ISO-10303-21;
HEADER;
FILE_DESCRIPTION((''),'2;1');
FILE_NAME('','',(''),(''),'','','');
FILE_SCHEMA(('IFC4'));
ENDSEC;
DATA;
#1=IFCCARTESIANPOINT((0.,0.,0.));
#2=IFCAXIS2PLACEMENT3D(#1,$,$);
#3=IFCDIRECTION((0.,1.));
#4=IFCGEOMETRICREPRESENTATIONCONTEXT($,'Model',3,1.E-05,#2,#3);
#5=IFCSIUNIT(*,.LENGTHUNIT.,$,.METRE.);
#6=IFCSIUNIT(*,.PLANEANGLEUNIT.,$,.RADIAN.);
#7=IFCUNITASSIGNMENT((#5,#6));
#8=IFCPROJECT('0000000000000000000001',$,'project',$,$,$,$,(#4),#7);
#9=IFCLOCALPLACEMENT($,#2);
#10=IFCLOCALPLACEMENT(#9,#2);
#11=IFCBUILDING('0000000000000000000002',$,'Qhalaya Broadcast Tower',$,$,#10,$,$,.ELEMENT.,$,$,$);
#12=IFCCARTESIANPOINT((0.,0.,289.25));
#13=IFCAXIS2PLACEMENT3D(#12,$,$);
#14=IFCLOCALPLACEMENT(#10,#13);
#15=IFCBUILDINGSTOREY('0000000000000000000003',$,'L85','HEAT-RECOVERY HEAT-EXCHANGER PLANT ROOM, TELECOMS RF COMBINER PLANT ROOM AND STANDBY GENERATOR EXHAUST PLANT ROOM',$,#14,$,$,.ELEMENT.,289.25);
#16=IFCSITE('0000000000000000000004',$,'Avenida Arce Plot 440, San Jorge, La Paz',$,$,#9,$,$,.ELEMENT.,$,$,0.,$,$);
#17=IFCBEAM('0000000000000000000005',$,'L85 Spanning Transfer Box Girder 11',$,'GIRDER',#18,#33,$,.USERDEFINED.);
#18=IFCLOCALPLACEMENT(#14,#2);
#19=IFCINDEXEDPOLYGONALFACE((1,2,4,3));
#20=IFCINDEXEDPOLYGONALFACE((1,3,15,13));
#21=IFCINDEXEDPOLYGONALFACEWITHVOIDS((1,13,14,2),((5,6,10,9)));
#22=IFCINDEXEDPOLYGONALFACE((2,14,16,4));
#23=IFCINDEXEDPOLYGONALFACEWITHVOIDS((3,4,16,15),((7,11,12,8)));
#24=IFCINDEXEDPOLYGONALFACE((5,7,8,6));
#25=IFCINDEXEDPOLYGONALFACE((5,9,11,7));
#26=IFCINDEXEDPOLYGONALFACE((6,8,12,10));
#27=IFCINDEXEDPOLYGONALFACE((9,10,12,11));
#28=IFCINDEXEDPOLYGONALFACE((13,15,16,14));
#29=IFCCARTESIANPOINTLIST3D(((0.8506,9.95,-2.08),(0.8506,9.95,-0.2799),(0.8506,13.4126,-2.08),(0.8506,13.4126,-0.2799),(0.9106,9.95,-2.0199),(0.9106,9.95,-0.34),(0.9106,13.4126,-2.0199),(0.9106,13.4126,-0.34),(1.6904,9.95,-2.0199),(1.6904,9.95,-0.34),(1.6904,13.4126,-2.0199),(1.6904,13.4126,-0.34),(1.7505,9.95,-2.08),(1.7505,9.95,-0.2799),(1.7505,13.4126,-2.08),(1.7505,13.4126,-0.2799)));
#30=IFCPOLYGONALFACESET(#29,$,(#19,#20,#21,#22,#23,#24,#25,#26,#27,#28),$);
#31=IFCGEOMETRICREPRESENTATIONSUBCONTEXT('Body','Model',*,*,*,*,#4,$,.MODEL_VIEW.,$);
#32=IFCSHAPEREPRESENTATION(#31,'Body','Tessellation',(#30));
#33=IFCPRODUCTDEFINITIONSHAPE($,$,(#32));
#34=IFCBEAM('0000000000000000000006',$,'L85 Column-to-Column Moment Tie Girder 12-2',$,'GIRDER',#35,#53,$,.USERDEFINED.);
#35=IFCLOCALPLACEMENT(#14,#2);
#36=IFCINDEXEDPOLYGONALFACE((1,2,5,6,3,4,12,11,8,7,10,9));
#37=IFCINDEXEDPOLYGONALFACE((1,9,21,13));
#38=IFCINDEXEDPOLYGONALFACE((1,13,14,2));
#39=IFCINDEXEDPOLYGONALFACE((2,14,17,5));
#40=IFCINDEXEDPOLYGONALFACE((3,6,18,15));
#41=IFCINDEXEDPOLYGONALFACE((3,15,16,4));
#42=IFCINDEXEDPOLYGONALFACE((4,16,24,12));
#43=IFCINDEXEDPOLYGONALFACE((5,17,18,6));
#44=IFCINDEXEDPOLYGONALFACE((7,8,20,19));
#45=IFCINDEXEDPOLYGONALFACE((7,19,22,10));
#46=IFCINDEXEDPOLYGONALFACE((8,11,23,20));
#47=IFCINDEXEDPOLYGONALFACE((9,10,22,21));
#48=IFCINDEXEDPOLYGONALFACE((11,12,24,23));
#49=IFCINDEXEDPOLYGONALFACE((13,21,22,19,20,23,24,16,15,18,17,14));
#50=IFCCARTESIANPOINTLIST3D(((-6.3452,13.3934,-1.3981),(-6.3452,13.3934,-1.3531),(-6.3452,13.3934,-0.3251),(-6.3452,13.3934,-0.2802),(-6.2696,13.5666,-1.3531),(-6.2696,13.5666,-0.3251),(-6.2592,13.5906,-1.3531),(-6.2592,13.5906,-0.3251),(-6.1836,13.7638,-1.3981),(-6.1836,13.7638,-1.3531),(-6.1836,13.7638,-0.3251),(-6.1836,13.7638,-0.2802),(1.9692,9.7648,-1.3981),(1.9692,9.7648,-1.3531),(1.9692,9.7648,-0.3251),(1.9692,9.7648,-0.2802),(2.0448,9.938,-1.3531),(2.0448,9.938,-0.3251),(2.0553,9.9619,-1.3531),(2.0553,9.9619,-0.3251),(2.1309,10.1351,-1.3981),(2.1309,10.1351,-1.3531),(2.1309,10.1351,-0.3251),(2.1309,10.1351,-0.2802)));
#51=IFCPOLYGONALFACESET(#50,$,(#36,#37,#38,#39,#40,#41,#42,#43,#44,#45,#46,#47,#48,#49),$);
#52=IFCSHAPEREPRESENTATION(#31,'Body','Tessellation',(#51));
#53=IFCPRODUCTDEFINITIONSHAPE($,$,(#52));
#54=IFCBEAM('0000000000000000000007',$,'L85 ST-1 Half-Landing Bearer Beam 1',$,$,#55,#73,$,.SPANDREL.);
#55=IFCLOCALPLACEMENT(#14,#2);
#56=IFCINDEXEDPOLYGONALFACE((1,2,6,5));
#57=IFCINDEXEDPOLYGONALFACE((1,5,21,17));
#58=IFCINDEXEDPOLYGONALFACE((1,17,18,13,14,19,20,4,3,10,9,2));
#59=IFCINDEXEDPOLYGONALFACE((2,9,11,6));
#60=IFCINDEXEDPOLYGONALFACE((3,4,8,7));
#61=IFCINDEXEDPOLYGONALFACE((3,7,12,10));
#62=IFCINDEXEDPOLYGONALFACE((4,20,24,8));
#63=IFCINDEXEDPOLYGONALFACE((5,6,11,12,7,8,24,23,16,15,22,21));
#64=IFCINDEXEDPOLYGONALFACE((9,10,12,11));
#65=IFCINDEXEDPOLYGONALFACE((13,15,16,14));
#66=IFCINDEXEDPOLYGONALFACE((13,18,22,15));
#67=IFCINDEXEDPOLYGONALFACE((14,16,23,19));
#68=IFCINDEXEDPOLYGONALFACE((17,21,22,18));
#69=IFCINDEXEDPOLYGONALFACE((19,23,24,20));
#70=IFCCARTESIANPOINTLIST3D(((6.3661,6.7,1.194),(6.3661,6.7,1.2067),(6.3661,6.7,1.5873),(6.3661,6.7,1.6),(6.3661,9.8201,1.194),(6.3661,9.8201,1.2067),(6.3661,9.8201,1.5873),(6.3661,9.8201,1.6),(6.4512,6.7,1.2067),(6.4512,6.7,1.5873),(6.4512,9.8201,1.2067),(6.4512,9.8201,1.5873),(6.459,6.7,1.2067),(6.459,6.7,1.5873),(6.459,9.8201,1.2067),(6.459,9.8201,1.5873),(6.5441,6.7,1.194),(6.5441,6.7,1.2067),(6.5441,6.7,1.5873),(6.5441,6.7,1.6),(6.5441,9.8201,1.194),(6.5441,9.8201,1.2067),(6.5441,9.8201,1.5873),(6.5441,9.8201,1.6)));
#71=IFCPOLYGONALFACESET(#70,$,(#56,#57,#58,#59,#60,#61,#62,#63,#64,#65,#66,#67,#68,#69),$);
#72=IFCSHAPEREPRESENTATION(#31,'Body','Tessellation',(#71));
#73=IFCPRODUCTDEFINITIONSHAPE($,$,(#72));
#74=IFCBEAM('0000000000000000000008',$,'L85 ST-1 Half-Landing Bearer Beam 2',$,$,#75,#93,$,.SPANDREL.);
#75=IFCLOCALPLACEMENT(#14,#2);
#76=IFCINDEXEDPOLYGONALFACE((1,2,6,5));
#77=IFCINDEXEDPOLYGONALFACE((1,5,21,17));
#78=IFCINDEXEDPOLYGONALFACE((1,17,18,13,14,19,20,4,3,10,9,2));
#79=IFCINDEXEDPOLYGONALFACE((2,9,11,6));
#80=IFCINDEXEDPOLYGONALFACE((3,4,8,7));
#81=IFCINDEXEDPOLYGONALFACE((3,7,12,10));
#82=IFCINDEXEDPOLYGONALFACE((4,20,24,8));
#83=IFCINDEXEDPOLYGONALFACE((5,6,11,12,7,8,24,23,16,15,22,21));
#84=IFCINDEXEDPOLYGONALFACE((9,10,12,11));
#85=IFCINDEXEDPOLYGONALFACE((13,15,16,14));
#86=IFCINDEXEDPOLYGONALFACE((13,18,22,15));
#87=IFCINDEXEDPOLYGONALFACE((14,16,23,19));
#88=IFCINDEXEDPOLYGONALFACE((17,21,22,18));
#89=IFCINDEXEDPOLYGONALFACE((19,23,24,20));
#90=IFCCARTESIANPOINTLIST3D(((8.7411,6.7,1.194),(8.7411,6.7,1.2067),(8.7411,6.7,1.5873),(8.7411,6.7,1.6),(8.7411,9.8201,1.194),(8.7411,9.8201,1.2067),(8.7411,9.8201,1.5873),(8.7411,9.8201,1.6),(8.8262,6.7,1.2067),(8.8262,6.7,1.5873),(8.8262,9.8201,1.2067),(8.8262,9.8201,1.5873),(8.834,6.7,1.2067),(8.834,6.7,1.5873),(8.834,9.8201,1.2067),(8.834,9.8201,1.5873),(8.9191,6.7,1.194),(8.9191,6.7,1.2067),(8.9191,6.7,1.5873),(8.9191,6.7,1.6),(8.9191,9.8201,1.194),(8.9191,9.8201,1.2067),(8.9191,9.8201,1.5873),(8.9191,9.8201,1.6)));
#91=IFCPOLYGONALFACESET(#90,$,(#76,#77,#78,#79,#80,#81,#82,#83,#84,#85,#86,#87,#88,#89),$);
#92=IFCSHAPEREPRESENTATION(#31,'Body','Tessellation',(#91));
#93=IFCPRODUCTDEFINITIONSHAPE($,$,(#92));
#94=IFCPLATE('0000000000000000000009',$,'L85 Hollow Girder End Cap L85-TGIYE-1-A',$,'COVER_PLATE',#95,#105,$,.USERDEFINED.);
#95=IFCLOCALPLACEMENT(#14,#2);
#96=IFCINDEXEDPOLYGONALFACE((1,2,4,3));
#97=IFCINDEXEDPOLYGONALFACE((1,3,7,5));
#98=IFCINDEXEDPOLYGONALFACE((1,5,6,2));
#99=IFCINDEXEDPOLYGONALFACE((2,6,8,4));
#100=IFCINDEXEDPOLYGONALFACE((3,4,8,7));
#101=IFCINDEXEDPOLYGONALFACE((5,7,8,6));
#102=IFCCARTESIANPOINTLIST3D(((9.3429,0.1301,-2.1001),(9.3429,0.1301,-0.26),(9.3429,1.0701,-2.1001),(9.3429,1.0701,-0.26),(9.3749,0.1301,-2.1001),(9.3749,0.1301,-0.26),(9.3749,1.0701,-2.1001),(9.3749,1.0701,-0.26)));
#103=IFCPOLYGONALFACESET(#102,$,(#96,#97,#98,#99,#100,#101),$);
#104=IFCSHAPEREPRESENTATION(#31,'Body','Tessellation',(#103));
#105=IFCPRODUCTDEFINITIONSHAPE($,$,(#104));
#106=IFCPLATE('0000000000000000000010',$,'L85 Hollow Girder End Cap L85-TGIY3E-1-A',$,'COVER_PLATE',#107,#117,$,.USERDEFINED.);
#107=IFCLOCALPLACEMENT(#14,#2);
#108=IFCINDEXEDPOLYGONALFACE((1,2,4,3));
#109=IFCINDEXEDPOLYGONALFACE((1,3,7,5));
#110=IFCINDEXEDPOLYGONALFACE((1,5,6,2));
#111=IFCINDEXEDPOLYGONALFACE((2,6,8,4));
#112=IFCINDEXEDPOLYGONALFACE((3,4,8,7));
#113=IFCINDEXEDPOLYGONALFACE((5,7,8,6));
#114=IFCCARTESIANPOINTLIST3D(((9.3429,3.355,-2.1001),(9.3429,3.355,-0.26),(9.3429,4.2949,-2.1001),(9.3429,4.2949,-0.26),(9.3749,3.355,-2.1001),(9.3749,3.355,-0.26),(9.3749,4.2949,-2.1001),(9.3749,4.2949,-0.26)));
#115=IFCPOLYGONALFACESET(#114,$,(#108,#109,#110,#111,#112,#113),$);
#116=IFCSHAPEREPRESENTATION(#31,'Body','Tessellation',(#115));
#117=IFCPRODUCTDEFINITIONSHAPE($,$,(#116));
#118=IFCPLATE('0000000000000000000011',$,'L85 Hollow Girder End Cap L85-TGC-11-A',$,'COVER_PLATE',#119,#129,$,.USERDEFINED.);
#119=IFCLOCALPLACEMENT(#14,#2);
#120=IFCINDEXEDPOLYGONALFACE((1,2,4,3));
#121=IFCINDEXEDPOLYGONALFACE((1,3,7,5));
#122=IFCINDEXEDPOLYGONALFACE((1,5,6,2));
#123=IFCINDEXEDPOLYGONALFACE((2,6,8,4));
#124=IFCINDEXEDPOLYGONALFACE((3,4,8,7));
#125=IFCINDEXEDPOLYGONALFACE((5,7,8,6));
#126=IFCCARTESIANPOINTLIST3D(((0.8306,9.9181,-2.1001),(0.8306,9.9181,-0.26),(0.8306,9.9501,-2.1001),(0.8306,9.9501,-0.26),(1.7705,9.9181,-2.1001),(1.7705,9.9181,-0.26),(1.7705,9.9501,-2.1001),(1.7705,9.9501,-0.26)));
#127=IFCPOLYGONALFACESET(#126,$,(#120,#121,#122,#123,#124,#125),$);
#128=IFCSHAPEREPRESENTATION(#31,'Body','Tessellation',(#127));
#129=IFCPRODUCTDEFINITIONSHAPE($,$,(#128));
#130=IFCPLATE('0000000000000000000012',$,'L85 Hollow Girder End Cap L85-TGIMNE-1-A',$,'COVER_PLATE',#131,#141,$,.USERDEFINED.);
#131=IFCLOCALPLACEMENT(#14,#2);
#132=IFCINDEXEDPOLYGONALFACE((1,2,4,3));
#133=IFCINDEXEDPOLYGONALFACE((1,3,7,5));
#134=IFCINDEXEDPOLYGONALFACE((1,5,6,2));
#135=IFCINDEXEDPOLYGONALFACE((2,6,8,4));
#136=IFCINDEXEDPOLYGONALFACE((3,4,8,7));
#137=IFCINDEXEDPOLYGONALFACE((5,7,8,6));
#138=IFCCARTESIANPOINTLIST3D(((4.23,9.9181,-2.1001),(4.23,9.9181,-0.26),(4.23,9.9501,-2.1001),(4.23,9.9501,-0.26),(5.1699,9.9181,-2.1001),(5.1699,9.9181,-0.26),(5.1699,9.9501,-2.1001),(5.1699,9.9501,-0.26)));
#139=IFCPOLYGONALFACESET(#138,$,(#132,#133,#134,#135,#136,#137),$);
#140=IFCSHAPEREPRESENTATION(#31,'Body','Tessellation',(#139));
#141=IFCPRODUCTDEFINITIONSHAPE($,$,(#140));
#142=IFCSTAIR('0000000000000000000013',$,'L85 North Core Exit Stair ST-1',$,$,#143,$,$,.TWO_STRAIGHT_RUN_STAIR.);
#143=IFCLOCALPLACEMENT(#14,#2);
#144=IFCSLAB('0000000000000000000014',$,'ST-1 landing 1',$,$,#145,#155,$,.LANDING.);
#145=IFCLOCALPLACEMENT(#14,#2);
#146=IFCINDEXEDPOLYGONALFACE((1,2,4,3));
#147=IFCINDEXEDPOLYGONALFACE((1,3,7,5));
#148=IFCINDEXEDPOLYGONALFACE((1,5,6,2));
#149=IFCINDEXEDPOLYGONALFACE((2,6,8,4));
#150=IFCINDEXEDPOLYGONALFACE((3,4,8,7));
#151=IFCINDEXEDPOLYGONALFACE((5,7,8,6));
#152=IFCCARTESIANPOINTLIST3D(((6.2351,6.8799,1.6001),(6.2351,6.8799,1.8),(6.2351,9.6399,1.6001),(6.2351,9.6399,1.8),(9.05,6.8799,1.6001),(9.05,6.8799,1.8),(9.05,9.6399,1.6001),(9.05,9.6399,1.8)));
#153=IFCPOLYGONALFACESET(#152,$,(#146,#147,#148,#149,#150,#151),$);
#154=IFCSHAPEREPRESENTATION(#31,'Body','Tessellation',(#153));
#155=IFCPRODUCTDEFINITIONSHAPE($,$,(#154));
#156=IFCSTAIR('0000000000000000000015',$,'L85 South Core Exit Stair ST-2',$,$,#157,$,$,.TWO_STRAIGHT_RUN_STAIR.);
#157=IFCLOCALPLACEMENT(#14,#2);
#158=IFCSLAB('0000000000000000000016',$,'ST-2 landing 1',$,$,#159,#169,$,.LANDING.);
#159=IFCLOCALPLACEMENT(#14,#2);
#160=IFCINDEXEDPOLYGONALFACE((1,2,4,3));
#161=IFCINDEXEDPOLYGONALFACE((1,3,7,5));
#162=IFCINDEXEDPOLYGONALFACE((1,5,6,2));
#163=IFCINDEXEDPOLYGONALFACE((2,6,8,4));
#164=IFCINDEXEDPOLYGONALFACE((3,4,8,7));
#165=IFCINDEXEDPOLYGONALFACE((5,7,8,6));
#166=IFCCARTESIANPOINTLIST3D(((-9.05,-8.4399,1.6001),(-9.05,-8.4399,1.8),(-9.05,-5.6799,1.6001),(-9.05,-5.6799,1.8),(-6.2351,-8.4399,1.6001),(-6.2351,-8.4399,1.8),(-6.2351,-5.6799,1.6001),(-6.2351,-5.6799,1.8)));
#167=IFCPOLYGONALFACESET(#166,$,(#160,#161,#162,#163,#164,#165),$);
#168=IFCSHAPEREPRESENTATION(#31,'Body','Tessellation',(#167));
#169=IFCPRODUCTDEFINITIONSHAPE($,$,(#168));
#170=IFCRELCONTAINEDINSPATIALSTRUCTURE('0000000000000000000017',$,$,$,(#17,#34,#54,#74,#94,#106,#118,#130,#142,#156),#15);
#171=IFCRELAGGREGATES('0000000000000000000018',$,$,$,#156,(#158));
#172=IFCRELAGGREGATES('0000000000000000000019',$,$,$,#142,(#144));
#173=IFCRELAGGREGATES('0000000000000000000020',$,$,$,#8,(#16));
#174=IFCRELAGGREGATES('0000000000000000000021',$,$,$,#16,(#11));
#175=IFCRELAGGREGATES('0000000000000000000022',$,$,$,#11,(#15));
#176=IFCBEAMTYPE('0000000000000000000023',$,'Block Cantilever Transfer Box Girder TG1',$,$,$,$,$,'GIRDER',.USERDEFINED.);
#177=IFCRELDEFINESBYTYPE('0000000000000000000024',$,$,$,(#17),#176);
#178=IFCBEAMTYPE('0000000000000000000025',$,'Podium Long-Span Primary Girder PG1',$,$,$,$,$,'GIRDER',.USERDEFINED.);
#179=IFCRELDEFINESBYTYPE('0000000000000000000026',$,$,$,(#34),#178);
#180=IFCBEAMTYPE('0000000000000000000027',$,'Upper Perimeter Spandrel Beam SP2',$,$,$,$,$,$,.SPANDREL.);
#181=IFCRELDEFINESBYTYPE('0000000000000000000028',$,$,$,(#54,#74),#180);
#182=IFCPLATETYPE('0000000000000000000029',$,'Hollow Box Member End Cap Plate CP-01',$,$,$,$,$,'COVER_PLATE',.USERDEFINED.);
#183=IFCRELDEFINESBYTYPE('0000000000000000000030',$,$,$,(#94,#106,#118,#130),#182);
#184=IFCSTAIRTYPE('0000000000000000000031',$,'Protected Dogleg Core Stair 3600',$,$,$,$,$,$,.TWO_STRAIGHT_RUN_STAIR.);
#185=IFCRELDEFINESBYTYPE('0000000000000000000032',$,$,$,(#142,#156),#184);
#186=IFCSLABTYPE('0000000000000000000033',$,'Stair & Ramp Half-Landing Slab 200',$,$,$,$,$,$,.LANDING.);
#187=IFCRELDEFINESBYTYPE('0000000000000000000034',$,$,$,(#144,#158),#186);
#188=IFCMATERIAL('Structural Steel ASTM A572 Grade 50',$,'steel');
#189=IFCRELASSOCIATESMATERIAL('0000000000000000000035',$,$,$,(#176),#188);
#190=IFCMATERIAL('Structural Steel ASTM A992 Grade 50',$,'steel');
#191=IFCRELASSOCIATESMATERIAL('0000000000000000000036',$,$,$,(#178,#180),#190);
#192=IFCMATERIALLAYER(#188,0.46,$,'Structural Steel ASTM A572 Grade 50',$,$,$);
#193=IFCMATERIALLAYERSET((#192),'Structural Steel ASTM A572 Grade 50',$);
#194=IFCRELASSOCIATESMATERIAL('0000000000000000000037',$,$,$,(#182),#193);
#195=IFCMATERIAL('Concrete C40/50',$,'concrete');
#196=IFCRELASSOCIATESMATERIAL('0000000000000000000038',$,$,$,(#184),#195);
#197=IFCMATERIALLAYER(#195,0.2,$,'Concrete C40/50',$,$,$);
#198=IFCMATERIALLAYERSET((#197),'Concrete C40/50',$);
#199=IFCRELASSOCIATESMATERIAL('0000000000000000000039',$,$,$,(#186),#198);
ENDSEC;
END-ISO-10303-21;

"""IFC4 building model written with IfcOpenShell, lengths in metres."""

from ifc_helpers import new_model, si_unit, direction, frame, origin, origin_2d, place, context, subcontext, project, spatial, polyline, rectangle, hollow_rectangle, i_section, outline, extrude, material, layer, layer_set, material_profile, profile_set, type_object, element, aggregate, save


model = new_model("IFC4")

# Units and contexts
model_context = context("Model", 3, precision=1e-05, world=origin(), true_north=direction((0.0, 1.0)))
body_context = subcontext(model_context, "Body", "Model", "MODEL_VIEW")
ifc_project = project(units=[si_unit("LENGTHUNIT", "METRE"), si_unit("PLANEANGLEUNIT", "RADIAN")], contexts=[model_context])

# Site, building, storey
site_placement = place(None, origin())
site = spatial("IfcSite", under=ifc_project, at=site_placement, Name="Avenida Arce Plot 440, San Jorge, La Paz", CompositionType="ELEMENT", RefElevation=0.0)
building_placement = place(site_placement, origin())
building = spatial("IfcBuilding", under=site, at=building_placement, Name="Qhalaya Broadcast Tower", CompositionType="ELEMENT")
storey_placement = place(building_placement, frame((0.0, 0.0, 289.25)))
storey = spatial("IfcBuildingStorey", under=building, at=storey_placement, Name="L85", Description="HEAT-RECOVERY HEAT-EXCHANGER PLANT ROOM, TELECOMS RF COMBINER PLANT ROOM AND STANDBY GENERATOR EXHAUST PLANT ROOM", CompositionType="ELEMENT", Elevation=289.25)

# Beams
ifc_material_1 = material(Name="Structural Steel ASTM A572 Grade 50", Category="steel")
ifc_material_profile_1 = material_profile(ifc_material_1, hollow_rectangle(XDim=0.8999, YDim=1.8, WallThickness=0.0601, at=origin_2d()), Name="BOX 900x1800x60")
ifc_profile_set_1 = profile_set([ifc_material_profile_1], Name="Structural Steel ASTM A572 Grade 50")
beam_type_1 = type_object("IfcBeamType", Name="Block Cantilever Transfer Box Girder TG1", ElementType="GIRDER", PredefinedType="USERDEFINED", material=ifc_profile_set_1)
beam_1_placement = place(storey_placement, frame((1.3005, 9.95, -1.1799), z_axis=(0.0, 1.0, 0.0), x_axis=(-1.0, 0.0, 0.0)))
element("IfcBeam", 1, at=beam_1_placement, inside=storey, type_object=beam_type_1, Name="L85 Spanning Transfer Box Girder 11", ObjectType="GIRDER", PredefinedType="USERDEFINED", context=body_context, shape_type="SweptSolid", body=[
    extrude(hollow_rectangle(XDim=0.8999, YDim=1.8, WallThickness=0.0601, at=origin_2d()), origin(), (0.0, 0.0, 1.0), 3.4626),
])
ifc_material_2 = material(Name="Structural Steel ASTM A992 Grade 50", Category="steel")
ifc_material_profile_2 = material_profile(ifc_material_2, i_section(OverallWidth=0.4041, OverallDepth=1.1179, WebThickness=0.0261, FlangeThickness=0.0449, at=origin_2d()), Name="W44X335")
ifc_profile_set_2 = profile_set([ifc_material_profile_2], Name="Structural Steel ASTM A992 Grade 50")
beam_type_2 = type_object("IfcBeamType", Name="Podium Long-Span Primary Girder PG1", ElementType="GIRDER", PredefinedType="USERDEFINED", material=ifc_profile_set_2)
beam_2_placement = place(storey_placement, frame((2.05, 9.95, -0.8391), z_axis=(-0.916518, 0.399994, 0.0), x_axis=(-0.399994, -0.916518, 0.0)))
element("IfcBeam", 2, at=beam_2_placement, inside=storey, type_object=beam_type_2, Name="L85 Column-to-Column Moment Tie Girder 12-2", ObjectType="GIRDER", PredefinedType="USERDEFINED", context=body_context, shape_type="SweptSolid", body=[
    extrude(i_section(OverallWidth=0.4041, OverallDepth=1.1179, WebThickness=0.0261, FlangeThickness=0.0449, at=origin_2d()), origin(), (0.0, 0.0, 1.0), 9.0718),
])
ifc_material_profile_3 = material_profile(ifc_material_2, i_section(OverallWidth=0.178, OverallDepth=0.406, WebThickness=0.0078, FlangeThickness=0.0127, at=origin_2d()), Name="W16X40")
ifc_profile_set_3 = profile_set([ifc_material_profile_3], Name="Structural Steel ASTM A992 Grade 50")
beam_type_3 = type_object("IfcBeamType", Name="Upper Perimeter Spandrel Beam SP2", PredefinedType="SPANDREL", material=ifc_profile_set_3)
for number, where, z_axis, x_axis, name in (
    (3, (6.4551, 6.7, 1.397), (0.0, 1.0, 0.0), (-1.0, 0.0, 0.0), "L85 ST-1 Half-Landing Bearer Beam 1"),
    (4, (8.8301, 6.7, 1.397), (0.0, 1.0, 0.0), (-1.0, 0.0, 0.0), "L85 ST-1 Half-Landing Bearer Beam 2"),
):
    element("IfcBeam", number, at=place(storey_placement, frame(where, z_axis=z_axis, x_axis=x_axis)), inside=storey, type_object=beam_type_3, Name=name, PredefinedType="SPANDREL", context=body_context, shape_type="SweptSolid", body=[
        extrude(i_section(OverallWidth=0.178, OverallDepth=0.406, WebThickness=0.0078, FlangeThickness=0.0127, at=origin_2d()), origin(), (0.0, 0.0, 1.0), 3.1201),
    ])

# Plates
ifc_layer_1 = layer(ifc_material_1, 0.46, Name="Structural Steel ASTM A572 Grade 50")
ifc_layer_set_1 = layer_set([ifc_layer_1], Name="Structural Steel ASTM A572 Grade 50")
plate_type = type_object("IfcPlateType", Name="Hollow Box Member End Cap Plate CP-01", ElementType="COVER_PLATE", PredefinedType="USERDEFINED", material=ifc_layer_set_1)
for number, where, z_axis, x_axis, name in (
    (5, (9.3589, 0.6001, -2.1001), (0.0, 0.0, 1.0), (0.0, 1.0, 0.0), "L85 Hollow Girder End Cap L85-TGIYE-1-A"),
    (6, (9.3589, 3.825, -2.1001), (0.0, 0.0, 1.0), (0.0, 1.0, 0.0), "L85 Hollow Girder End Cap L85-TGIY3E-1-A"),
    (7, (1.3005, 9.9341, -2.1001), (0.0, 0.0, 1.0), (-1.0, 0.0, 0.0), "L85 Hollow Girder End Cap L85-TGC-11-A"),
    (8, (4.7, 9.9341, -2.1001), (0.0, 0.0, 1.0), (-1.0, 0.0, 0.0), "L85 Hollow Girder End Cap L85-TGIMNE-1-A"),
):
    element("IfcPlate", number, at=place(storey_placement, frame(where, z_axis=z_axis, x_axis=x_axis)), inside=storey, type_object=plate_type, Name=name, ObjectType="COVER_PLATE", PredefinedType="USERDEFINED", context=body_context, shape_type="SweptSolid", body=[
        extrude(rectangle(XDim=0.9399, YDim=0.032, at=origin_2d()), origin(), (0.0, 0.0, 1.0), 1.8401),
    ])

# Stairs, slabs
ifc_material_3 = material(Name="Concrete C40/50", Category="concrete")
stair_type = type_object("IfcStairType", Name="Protected Dogleg Core Stair 3600", PredefinedType="TWO_STRAIGHT_RUN_STAIR", material=ifc_material_3)
stair_1_placement = place(storey_placement, origin())
stair_1 = element("IfcStair", 9, at=stair_1_placement, inside=storey, type_object=stair_type, Name="L85 North Core Exit Stair ST-1", PredefinedType="TWO_STRAIGHT_RUN_STAIR")
ifc_layer_2 = layer(ifc_material_3, 0.2, Name="Concrete C40/50")
ifc_layer_set_2 = layer_set([ifc_layer_2], Name="Concrete C40/50")
slab_type = type_object("IfcSlabType", Name="Stair & Ramp Half-Landing Slab 200", PredefinedType="LANDING", material=ifc_layer_set_2)
slab_1_placement = place(storey_placement, frame((0.0, 0.0, 1.6001)))
slab_1 = element("IfcSlab", 10, at=slab_1_placement, type_object=slab_type, Name="ST-1 landing 1", PredefinedType="LANDING", context=body_context, shape_type="SweptSolid", body=[
    extrude(outline(polyline([(6.2351, 6.8799), (9.05, 6.8799), (9.05, 9.6399), (6.2351, 9.6399), (6.2351, 6.8799)])), origin(), (0.0, 0.0, 1.0), 0.2),
])
stair_2_placement = place(storey_placement, origin())
stair_2 = element("IfcStair", 11, at=stair_2_placement, inside=storey, type_object=stair_type, Name="L85 South Core Exit Stair ST-2", PredefinedType="TWO_STRAIGHT_RUN_STAIR")
slab_2_placement = place(storey_placement, frame((0.0, 0.0, 1.6001)))
slab_2 = element("IfcSlab", 12, at=slab_2_placement, type_object=slab_type, Name="ST-2 landing 1", PredefinedType="LANDING", context=body_context, shape_type="SweptSolid", body=[
    extrude(outline(polyline([(-6.2351, -5.6799), (-9.05, -5.6799), (-9.05, -8.4399), (-6.2351, -8.4399), (-6.2351, -5.6799)])), origin(), (0.0, 0.0, 1.0), 0.2),
])
aggregate(stair_2, [slab_2])

aggregate(stair_1, [slab_1])

save(model, "model.ifc")
